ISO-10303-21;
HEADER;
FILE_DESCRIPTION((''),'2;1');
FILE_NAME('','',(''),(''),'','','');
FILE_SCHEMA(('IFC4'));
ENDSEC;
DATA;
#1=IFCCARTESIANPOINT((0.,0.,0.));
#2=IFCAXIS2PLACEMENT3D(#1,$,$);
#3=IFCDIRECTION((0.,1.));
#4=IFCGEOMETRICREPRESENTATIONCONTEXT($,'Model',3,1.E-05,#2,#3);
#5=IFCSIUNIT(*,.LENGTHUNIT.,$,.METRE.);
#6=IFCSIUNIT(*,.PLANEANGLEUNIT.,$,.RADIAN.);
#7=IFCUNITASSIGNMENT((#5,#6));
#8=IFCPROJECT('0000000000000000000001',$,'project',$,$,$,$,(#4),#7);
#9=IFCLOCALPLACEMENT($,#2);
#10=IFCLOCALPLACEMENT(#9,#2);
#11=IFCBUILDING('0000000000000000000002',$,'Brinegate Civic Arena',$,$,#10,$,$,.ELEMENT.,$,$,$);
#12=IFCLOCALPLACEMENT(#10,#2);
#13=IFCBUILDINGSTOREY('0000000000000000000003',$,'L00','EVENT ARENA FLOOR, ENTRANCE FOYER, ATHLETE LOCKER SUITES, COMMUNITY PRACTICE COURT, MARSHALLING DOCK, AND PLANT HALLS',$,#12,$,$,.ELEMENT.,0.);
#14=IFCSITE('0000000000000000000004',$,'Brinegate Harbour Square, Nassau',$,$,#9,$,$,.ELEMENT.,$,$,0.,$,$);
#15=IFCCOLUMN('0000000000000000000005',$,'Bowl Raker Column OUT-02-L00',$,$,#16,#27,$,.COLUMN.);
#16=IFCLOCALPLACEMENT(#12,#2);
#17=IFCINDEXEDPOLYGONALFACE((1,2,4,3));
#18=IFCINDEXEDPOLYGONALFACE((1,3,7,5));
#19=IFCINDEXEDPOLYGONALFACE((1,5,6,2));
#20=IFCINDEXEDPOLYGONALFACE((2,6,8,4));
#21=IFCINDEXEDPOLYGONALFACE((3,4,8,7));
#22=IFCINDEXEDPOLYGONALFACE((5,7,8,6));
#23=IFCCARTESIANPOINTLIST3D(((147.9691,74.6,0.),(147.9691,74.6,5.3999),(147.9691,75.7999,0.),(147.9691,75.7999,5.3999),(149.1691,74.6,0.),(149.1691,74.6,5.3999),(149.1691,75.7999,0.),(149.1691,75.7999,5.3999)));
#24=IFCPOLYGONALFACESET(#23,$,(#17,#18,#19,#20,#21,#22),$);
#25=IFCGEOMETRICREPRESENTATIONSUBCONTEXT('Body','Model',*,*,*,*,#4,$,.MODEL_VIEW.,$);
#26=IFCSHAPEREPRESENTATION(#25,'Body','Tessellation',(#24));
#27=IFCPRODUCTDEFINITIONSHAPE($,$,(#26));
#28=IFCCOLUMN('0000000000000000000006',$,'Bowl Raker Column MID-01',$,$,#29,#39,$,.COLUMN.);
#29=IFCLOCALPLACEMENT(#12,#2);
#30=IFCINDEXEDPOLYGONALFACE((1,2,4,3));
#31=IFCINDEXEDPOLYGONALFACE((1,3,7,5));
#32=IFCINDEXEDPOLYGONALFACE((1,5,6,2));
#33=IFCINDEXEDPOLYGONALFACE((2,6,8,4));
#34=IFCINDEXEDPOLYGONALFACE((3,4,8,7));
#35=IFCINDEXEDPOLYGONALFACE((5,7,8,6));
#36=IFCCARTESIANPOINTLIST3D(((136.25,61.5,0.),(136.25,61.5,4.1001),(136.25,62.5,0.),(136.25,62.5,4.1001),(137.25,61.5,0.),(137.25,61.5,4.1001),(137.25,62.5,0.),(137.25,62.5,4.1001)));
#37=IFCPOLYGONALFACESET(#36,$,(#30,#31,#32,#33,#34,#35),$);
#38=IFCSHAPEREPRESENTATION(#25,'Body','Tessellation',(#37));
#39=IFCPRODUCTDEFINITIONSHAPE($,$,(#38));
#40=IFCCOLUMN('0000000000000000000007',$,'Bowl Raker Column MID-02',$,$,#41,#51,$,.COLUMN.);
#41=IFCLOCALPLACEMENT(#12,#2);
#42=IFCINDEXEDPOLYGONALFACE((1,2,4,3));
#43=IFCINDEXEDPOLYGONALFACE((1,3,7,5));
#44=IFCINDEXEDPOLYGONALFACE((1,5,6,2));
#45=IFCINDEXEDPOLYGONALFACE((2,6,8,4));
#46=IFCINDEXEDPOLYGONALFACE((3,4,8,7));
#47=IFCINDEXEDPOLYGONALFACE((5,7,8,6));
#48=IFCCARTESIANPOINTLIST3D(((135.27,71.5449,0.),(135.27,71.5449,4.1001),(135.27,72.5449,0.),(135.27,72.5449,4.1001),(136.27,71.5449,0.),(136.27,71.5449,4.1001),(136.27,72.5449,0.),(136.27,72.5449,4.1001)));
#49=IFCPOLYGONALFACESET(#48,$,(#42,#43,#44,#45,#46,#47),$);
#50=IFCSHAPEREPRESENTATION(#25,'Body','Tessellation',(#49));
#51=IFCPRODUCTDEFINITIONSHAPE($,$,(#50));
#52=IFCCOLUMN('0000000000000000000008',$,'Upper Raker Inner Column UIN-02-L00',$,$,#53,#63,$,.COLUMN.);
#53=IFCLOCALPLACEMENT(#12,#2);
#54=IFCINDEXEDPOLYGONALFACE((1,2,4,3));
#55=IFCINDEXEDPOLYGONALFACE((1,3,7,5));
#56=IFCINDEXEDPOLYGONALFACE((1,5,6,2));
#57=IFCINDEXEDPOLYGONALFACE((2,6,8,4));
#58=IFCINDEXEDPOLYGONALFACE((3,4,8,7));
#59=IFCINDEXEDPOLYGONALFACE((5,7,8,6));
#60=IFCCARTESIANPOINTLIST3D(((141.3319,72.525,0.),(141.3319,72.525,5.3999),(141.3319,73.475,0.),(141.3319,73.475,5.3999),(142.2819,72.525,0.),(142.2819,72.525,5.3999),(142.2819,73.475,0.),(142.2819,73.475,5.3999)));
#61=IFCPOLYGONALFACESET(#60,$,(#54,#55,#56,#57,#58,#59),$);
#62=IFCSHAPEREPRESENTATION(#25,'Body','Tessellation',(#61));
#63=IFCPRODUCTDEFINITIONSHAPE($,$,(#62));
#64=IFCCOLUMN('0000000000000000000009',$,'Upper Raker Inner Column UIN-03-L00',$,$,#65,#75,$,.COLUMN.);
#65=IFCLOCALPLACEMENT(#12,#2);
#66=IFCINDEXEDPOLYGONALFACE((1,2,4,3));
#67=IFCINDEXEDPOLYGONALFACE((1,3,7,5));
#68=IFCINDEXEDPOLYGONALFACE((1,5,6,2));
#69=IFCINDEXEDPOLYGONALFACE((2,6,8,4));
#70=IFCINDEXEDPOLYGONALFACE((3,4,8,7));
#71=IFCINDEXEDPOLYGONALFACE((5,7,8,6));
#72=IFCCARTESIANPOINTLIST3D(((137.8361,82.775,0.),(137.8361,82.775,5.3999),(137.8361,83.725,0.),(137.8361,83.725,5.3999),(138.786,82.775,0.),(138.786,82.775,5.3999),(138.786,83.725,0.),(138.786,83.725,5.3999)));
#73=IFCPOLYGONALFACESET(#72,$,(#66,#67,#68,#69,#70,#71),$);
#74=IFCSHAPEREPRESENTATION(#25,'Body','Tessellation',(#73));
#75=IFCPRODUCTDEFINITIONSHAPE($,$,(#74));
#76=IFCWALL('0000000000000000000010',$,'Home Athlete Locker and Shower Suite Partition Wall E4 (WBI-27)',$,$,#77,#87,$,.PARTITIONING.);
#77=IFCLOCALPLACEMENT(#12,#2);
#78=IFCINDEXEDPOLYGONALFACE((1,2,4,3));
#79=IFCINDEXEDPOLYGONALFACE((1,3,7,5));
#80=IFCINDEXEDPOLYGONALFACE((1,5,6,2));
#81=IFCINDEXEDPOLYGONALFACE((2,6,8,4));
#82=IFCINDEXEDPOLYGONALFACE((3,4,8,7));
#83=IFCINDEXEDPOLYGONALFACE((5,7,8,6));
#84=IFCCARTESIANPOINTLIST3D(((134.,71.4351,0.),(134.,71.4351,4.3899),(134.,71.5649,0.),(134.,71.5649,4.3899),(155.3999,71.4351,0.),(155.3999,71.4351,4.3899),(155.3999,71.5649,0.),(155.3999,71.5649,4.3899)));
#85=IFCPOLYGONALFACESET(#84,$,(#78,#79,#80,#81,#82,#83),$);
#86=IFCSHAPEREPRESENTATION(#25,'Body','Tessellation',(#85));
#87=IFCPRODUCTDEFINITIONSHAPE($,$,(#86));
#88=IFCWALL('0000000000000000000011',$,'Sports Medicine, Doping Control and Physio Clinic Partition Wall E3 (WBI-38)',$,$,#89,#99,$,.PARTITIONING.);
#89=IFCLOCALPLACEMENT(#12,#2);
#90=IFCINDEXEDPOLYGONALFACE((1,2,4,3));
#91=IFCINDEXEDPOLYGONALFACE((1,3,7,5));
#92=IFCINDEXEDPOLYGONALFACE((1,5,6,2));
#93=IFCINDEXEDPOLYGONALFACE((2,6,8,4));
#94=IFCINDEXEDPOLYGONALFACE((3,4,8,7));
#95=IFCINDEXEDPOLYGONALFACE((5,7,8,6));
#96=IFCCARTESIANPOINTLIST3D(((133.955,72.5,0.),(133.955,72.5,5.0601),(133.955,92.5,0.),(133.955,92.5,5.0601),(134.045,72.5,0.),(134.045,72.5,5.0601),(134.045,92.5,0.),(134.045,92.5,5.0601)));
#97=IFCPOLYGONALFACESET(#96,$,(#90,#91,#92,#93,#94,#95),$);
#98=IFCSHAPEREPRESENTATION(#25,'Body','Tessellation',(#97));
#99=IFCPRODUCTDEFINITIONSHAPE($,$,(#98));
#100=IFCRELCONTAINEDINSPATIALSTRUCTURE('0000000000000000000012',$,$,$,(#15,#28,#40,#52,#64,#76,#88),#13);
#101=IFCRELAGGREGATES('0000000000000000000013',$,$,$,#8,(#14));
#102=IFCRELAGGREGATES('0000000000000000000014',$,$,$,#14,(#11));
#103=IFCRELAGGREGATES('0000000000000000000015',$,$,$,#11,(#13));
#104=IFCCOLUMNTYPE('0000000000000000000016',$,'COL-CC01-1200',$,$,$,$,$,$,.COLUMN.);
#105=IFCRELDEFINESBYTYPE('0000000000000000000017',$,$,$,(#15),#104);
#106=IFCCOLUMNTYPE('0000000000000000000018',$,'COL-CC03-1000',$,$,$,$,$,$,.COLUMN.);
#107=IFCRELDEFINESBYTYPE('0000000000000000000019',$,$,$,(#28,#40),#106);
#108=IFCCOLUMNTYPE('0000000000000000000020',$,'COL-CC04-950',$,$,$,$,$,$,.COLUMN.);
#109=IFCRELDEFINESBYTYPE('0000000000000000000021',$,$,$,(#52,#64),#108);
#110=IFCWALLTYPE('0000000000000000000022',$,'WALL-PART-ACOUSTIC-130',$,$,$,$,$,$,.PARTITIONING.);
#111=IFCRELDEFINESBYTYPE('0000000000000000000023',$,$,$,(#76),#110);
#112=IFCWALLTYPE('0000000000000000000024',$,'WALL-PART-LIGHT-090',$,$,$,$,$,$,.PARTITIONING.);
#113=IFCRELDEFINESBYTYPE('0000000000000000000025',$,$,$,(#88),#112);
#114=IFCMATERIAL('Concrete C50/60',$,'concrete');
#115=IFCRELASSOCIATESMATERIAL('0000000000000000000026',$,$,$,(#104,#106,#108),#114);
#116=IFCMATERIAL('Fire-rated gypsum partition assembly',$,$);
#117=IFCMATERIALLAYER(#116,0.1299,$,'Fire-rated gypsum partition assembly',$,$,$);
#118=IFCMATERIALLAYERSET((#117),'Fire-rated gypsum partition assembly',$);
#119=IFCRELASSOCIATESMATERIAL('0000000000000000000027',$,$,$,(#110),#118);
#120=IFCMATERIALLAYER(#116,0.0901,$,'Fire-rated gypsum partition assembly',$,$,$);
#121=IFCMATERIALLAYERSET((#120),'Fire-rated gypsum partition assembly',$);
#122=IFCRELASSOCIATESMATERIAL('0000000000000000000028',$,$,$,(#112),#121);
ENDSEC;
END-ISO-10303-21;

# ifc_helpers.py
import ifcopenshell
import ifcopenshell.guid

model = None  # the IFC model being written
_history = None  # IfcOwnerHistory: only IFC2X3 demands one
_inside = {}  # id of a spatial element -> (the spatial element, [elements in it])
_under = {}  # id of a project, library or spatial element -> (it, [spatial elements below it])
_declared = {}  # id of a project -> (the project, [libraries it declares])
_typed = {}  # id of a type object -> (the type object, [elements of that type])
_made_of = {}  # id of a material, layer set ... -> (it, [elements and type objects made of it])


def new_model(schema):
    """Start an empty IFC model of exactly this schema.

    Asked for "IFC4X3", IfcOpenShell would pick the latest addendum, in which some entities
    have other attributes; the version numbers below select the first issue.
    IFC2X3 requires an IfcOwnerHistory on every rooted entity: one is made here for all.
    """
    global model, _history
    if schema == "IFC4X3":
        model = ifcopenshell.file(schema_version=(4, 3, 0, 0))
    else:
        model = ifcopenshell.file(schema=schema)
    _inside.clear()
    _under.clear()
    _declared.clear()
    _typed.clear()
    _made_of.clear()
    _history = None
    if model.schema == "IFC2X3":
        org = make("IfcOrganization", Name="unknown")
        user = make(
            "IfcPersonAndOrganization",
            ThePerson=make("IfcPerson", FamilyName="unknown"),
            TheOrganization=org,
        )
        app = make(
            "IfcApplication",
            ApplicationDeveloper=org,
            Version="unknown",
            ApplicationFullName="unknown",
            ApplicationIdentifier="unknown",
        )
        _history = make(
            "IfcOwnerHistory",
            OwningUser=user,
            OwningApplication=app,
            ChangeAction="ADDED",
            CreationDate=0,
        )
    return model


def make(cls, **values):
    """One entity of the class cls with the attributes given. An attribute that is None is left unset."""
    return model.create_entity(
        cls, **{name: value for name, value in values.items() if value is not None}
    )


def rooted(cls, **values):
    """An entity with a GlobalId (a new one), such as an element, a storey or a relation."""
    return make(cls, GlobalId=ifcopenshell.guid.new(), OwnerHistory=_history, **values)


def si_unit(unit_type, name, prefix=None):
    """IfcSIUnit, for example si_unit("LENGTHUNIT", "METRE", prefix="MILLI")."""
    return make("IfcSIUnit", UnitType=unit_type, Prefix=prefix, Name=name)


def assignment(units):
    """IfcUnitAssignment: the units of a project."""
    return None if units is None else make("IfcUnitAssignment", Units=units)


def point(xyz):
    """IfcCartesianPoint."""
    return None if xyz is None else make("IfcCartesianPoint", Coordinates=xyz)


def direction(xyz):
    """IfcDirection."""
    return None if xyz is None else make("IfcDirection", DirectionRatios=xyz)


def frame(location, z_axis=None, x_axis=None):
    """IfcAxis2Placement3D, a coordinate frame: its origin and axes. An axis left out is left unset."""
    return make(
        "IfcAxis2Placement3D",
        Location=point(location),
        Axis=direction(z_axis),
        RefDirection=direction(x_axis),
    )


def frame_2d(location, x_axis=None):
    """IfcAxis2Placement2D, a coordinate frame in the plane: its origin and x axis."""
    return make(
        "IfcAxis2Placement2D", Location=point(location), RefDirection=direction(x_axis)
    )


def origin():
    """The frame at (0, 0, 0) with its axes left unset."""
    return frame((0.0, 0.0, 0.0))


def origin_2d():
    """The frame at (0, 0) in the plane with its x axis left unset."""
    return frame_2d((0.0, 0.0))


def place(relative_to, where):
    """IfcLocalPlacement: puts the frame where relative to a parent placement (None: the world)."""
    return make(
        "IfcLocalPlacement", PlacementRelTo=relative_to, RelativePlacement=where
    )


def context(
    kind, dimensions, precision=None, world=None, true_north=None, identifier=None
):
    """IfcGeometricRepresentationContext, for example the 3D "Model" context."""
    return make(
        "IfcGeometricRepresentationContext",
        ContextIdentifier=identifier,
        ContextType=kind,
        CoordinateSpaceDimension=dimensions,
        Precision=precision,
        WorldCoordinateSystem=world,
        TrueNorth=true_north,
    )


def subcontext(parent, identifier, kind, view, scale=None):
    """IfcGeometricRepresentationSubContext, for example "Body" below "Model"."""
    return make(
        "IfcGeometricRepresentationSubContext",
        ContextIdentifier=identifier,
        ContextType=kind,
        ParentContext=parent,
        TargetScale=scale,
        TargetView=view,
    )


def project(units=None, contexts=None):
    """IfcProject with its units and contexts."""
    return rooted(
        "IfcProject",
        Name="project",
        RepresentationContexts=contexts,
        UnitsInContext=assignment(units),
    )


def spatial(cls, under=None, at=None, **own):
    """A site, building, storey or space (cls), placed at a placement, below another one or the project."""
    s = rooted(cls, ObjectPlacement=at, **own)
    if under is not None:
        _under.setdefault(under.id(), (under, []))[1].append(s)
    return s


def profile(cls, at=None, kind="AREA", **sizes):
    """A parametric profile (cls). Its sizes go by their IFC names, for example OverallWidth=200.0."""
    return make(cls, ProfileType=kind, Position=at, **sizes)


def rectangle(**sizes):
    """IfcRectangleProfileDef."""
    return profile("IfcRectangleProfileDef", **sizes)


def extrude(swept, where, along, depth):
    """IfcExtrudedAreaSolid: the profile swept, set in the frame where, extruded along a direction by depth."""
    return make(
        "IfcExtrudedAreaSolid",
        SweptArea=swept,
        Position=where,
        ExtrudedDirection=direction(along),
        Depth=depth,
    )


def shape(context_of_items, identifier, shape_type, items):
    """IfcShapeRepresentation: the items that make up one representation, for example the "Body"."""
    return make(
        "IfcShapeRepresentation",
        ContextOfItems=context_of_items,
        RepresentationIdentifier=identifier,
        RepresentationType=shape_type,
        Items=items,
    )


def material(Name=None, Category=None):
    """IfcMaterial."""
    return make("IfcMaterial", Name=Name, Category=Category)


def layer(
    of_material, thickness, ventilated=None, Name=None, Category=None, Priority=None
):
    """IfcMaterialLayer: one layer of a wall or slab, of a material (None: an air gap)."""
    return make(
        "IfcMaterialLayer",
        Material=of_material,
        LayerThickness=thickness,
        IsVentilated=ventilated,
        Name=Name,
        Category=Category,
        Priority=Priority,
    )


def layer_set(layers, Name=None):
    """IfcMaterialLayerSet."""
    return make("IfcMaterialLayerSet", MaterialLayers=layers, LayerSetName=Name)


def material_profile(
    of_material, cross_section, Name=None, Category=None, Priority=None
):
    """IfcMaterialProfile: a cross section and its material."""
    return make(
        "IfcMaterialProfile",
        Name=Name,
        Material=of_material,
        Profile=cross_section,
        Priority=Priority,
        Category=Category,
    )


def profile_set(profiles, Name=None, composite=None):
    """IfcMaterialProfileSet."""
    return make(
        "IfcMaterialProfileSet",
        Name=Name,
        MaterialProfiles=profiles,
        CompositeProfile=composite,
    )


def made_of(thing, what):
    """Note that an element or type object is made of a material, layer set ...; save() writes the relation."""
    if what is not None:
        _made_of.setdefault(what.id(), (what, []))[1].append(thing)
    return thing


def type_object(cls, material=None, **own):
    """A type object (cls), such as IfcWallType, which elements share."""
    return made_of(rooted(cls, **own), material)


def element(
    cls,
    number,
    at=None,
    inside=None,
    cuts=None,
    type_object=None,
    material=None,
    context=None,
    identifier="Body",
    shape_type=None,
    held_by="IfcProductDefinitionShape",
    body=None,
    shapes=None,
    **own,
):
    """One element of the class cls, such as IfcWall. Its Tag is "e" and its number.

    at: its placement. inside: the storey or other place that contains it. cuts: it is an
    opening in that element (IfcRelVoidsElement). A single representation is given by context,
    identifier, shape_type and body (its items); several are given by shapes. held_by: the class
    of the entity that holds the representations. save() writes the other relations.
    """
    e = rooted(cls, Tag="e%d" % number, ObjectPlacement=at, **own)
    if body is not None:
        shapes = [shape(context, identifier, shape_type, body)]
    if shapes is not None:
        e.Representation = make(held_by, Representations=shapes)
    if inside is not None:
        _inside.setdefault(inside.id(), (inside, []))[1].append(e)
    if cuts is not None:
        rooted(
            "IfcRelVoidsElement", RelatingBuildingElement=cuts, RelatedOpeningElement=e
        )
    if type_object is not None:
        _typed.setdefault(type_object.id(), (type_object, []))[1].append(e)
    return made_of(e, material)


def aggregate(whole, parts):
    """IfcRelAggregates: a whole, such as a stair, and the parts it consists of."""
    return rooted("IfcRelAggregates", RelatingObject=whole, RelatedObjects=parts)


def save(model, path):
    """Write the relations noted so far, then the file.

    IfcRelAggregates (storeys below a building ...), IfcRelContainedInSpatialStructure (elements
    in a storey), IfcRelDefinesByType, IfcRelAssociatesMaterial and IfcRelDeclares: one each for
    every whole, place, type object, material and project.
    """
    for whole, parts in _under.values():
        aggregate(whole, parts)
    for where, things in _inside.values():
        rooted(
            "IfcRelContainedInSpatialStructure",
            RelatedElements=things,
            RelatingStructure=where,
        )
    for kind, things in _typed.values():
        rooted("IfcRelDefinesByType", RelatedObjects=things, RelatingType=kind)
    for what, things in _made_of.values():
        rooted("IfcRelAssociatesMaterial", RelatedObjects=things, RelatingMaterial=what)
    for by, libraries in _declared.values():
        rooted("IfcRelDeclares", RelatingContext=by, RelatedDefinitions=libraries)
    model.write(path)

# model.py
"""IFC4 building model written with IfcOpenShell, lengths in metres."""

from ifc_helpers import new_model, si_unit, direction, frame, frame_2d, origin, origin_2d, place, context, subcontext, project, spatial, rectangle, extrude, material, layer, layer_set, material_profile, profile_set, type_object, element, save


model = new_model("IFC4")

# Units and contexts
model_context = context("Model", 3, precision=1e-05, world=origin(), true_north=direction((0.0, 1.0)))
body_context = subcontext(model_context, "Body", "Model", "MODEL_VIEW")
ifc_project = project(units=[si_unit("LENGTHUNIT", "METRE"), si_unit("PLANEANGLEUNIT", "RADIAN")], contexts=[model_context])

# Site, building, storey
site_placement = place(None, origin())
site = spatial("IfcSite", under=ifc_project, at=site_placement, Name="Brinegate Harbour Square, Nassau", CompositionType="ELEMENT", RefElevation=0.0)
building_placement = place(site_placement, origin())
building = spatial("IfcBuilding", under=site, at=building_placement, Name="Brinegate Civic Arena", CompositionType="ELEMENT")
storey_placement = place(building_placement, origin())
storey = spatial("IfcBuildingStorey", under=building, at=storey_placement, Name="L00", Description="EVENT ARENA FLOOR, ENTRANCE FOYER, ATHLETE LOCKER SUITES, COMMUNITY PRACTICE COURT, MARSHALLING DOCK, AND PLANT HALLS", CompositionType="ELEMENT", Elevation=0.0)

# Columns
ifc_material_1 = material(Name="Concrete C50/60", Category="concrete")
ifc_material_profile_1 = material_profile(ifc_material_1, rectangle(XDim=1.2, YDim=1.2, at=origin_2d()), Name="RC1200X1200")
ifc_profile_set_1 = profile_set([ifc_material_profile_1], Name="Concrete C50/60")
column_type_1 = type_object("IfcColumnType", Name="COL-CC01-1200", PredefinedType="COLUMN", material=ifc_profile_set_1)
for number, where, z_axis, x_axis, name in (
    (1, (148.5691, 75.2, 0.0), (0.0, 0.0, 1.0), (1.0, 0.0, 0.0), "Bowl Raker Column OUT-02-L00"),
):
    element("IfcColumn", number, at=place(storey_placement, frame(where, z_axis=z_axis, x_axis=x_axis)), inside=storey, type_object=column_type_1, Name=name, PredefinedType="COLUMN", context=body_context, shape_type="SweptSolid", body=[
        extrude(rectangle(XDim=1.2, YDim=1.2, at=origin_2d()), origin(), (0.0, 0.0, 1.0), 5.3999),
    ])
ifc_material_profile_2 = material_profile(ifc_material_1, rectangle(XDim=1.0, YDim=1.0, at=origin_2d()), Name="RC1000X1000")
ifc_profile_set_2 = profile_set([ifc_material_profile_2], Name="Concrete C50/60")
column_type_2 = type_object("IfcColumnType", Name="COL-CC03-1000", PredefinedType="COLUMN", material=ifc_profile_set_2)
for number, where, z_axis, x_axis, name in (
    (2, (136.75, 62.0, 0.0), (0.0, 0.0, 1.0), (1.0, 0.0, 0.0), "Bowl Raker Column MID-01"),
    (3, (135.77, 72.0449, 0.0), (0.0, 0.0, 1.0), (1.0, 0.0, 0.0), "Bowl Raker Column MID-02"),
):
    element("IfcColumn", number, at=place(storey_placement, frame(where, z_axis=z_axis, x_axis=x_axis)), inside=storey, type_object=column_type_2, Name=name, PredefinedType="COLUMN", context=body_context, shape_type="SweptSolid", body=[
        extrude(rectangle(XDim=1.0, YDim=1.0, at=origin_2d()), origin(), (0.0, 0.0, 1.0), 4.1001),
    ])
ifc_material_profile_3 = material_profile(ifc_material_1, rectangle(XDim=0.95, YDim=0.95, at=origin_2d()), Name="RC950X950")
ifc_profile_set_3 = profile_set([ifc_material_profile_3], Name="Concrete C50/60")
column_type_3 = type_object("IfcColumnType", Name="COL-CC04-950", PredefinedType="COLUMN", material=ifc_profile_set_3)
for number, where, z_axis, x_axis, name in (
    (4, (141.8069, 73.0, 0.0), (0.0, 0.0, 1.0), (1.0, 0.0, 0.0), "Upper Raker Inner Column UIN-02-L00"),
    (5, (138.311, 83.25, 0.0), (0.0, 0.0, 1.0), (1.0, 0.0, 0.0), "Upper Raker Inner Column UIN-03-L00"),
):
    element("IfcColumn", number, at=place(storey_placement, frame(where, z_axis=z_axis, x_axis=x_axis)), inside=storey, type_object=column_type_3, Name=name, PredefinedType="COLUMN", context=body_context, shape_type="SweptSolid", body=[
        extrude(rectangle(XDim=0.95, YDim=0.95, at=origin_2d()), origin(), (0.0, 0.0, 1.0), 5.3999),
    ])

# Walls
ifc_material_2 = material(Name="Fire-rated gypsum partition assembly")
ifc_layer_1 = layer(ifc_material_2, 0.1299, Name="Fire-rated gypsum partition assembly")
ifc_layer_set_1 = layer_set([ifc_layer_1], Name="Fire-rated gypsum partition assembly")
wall_type_1 = type_object("IfcWallType", Name="WALL-PART-ACOUSTIC-130", PredefinedType="PARTITIONING", material=ifc_layer_set_1)
wall_1_placement = place(storey_placement, frame((134.0, 71.5, 0.0), z_axis=(0.0, 0.0, 1.0), x_axis=(1.0, 0.0, 0.0)))
element("IfcWall", 6, at=wall_1_placement, inside=storey, type_object=wall_type_1, Name="Home Athlete Locker and Shower Suite Partition Wall E4 (WBI-27)", PredefinedType="PARTITIONING", context=body_context, shape_type="SweptSolid", body=[
    extrude(rectangle(XDim=21.3999, YDim=0.1299, at=frame_2d((10.7, 0.0))), origin(), (0.0, 0.0, 1.0), 4.3899),
])
ifc_layer_2 = layer(ifc_material_2, 0.0901, Name="Fire-rated gypsum partition assembly")
ifc_layer_set_2 = layer_set([ifc_layer_2], Name="Fire-rated gypsum partition assembly")
wall_type_2 = type_object("IfcWallType", Name="WALL-PART-LIGHT-090", PredefinedType="PARTITIONING", material=ifc_layer_set_2)
wall_2_placement = place(storey_placement, frame((134.0, 72.5, 0.0), z_axis=(0.0, 0.0, 1.0), x_axis=(0.0, 1.0, 0.0)))
element("IfcWall", 7, at=wall_2_placement, inside=storey, type_object=wall_type_2, Name="Sports Medicine, Doping Control and Physio Clinic Partition Wall E3 (WBI-38)", PredefinedType="PARTITIONING", context=body_context, shape_type="SweptSolid", body=[
    extrude(rectangle(XDim=20.0, YDim=0.0901, at=frame_2d((10.0, 0.0))), origin(), (0.0, 0.0, 1.0), 5.0601),
])

save(model, "model.ifc")
